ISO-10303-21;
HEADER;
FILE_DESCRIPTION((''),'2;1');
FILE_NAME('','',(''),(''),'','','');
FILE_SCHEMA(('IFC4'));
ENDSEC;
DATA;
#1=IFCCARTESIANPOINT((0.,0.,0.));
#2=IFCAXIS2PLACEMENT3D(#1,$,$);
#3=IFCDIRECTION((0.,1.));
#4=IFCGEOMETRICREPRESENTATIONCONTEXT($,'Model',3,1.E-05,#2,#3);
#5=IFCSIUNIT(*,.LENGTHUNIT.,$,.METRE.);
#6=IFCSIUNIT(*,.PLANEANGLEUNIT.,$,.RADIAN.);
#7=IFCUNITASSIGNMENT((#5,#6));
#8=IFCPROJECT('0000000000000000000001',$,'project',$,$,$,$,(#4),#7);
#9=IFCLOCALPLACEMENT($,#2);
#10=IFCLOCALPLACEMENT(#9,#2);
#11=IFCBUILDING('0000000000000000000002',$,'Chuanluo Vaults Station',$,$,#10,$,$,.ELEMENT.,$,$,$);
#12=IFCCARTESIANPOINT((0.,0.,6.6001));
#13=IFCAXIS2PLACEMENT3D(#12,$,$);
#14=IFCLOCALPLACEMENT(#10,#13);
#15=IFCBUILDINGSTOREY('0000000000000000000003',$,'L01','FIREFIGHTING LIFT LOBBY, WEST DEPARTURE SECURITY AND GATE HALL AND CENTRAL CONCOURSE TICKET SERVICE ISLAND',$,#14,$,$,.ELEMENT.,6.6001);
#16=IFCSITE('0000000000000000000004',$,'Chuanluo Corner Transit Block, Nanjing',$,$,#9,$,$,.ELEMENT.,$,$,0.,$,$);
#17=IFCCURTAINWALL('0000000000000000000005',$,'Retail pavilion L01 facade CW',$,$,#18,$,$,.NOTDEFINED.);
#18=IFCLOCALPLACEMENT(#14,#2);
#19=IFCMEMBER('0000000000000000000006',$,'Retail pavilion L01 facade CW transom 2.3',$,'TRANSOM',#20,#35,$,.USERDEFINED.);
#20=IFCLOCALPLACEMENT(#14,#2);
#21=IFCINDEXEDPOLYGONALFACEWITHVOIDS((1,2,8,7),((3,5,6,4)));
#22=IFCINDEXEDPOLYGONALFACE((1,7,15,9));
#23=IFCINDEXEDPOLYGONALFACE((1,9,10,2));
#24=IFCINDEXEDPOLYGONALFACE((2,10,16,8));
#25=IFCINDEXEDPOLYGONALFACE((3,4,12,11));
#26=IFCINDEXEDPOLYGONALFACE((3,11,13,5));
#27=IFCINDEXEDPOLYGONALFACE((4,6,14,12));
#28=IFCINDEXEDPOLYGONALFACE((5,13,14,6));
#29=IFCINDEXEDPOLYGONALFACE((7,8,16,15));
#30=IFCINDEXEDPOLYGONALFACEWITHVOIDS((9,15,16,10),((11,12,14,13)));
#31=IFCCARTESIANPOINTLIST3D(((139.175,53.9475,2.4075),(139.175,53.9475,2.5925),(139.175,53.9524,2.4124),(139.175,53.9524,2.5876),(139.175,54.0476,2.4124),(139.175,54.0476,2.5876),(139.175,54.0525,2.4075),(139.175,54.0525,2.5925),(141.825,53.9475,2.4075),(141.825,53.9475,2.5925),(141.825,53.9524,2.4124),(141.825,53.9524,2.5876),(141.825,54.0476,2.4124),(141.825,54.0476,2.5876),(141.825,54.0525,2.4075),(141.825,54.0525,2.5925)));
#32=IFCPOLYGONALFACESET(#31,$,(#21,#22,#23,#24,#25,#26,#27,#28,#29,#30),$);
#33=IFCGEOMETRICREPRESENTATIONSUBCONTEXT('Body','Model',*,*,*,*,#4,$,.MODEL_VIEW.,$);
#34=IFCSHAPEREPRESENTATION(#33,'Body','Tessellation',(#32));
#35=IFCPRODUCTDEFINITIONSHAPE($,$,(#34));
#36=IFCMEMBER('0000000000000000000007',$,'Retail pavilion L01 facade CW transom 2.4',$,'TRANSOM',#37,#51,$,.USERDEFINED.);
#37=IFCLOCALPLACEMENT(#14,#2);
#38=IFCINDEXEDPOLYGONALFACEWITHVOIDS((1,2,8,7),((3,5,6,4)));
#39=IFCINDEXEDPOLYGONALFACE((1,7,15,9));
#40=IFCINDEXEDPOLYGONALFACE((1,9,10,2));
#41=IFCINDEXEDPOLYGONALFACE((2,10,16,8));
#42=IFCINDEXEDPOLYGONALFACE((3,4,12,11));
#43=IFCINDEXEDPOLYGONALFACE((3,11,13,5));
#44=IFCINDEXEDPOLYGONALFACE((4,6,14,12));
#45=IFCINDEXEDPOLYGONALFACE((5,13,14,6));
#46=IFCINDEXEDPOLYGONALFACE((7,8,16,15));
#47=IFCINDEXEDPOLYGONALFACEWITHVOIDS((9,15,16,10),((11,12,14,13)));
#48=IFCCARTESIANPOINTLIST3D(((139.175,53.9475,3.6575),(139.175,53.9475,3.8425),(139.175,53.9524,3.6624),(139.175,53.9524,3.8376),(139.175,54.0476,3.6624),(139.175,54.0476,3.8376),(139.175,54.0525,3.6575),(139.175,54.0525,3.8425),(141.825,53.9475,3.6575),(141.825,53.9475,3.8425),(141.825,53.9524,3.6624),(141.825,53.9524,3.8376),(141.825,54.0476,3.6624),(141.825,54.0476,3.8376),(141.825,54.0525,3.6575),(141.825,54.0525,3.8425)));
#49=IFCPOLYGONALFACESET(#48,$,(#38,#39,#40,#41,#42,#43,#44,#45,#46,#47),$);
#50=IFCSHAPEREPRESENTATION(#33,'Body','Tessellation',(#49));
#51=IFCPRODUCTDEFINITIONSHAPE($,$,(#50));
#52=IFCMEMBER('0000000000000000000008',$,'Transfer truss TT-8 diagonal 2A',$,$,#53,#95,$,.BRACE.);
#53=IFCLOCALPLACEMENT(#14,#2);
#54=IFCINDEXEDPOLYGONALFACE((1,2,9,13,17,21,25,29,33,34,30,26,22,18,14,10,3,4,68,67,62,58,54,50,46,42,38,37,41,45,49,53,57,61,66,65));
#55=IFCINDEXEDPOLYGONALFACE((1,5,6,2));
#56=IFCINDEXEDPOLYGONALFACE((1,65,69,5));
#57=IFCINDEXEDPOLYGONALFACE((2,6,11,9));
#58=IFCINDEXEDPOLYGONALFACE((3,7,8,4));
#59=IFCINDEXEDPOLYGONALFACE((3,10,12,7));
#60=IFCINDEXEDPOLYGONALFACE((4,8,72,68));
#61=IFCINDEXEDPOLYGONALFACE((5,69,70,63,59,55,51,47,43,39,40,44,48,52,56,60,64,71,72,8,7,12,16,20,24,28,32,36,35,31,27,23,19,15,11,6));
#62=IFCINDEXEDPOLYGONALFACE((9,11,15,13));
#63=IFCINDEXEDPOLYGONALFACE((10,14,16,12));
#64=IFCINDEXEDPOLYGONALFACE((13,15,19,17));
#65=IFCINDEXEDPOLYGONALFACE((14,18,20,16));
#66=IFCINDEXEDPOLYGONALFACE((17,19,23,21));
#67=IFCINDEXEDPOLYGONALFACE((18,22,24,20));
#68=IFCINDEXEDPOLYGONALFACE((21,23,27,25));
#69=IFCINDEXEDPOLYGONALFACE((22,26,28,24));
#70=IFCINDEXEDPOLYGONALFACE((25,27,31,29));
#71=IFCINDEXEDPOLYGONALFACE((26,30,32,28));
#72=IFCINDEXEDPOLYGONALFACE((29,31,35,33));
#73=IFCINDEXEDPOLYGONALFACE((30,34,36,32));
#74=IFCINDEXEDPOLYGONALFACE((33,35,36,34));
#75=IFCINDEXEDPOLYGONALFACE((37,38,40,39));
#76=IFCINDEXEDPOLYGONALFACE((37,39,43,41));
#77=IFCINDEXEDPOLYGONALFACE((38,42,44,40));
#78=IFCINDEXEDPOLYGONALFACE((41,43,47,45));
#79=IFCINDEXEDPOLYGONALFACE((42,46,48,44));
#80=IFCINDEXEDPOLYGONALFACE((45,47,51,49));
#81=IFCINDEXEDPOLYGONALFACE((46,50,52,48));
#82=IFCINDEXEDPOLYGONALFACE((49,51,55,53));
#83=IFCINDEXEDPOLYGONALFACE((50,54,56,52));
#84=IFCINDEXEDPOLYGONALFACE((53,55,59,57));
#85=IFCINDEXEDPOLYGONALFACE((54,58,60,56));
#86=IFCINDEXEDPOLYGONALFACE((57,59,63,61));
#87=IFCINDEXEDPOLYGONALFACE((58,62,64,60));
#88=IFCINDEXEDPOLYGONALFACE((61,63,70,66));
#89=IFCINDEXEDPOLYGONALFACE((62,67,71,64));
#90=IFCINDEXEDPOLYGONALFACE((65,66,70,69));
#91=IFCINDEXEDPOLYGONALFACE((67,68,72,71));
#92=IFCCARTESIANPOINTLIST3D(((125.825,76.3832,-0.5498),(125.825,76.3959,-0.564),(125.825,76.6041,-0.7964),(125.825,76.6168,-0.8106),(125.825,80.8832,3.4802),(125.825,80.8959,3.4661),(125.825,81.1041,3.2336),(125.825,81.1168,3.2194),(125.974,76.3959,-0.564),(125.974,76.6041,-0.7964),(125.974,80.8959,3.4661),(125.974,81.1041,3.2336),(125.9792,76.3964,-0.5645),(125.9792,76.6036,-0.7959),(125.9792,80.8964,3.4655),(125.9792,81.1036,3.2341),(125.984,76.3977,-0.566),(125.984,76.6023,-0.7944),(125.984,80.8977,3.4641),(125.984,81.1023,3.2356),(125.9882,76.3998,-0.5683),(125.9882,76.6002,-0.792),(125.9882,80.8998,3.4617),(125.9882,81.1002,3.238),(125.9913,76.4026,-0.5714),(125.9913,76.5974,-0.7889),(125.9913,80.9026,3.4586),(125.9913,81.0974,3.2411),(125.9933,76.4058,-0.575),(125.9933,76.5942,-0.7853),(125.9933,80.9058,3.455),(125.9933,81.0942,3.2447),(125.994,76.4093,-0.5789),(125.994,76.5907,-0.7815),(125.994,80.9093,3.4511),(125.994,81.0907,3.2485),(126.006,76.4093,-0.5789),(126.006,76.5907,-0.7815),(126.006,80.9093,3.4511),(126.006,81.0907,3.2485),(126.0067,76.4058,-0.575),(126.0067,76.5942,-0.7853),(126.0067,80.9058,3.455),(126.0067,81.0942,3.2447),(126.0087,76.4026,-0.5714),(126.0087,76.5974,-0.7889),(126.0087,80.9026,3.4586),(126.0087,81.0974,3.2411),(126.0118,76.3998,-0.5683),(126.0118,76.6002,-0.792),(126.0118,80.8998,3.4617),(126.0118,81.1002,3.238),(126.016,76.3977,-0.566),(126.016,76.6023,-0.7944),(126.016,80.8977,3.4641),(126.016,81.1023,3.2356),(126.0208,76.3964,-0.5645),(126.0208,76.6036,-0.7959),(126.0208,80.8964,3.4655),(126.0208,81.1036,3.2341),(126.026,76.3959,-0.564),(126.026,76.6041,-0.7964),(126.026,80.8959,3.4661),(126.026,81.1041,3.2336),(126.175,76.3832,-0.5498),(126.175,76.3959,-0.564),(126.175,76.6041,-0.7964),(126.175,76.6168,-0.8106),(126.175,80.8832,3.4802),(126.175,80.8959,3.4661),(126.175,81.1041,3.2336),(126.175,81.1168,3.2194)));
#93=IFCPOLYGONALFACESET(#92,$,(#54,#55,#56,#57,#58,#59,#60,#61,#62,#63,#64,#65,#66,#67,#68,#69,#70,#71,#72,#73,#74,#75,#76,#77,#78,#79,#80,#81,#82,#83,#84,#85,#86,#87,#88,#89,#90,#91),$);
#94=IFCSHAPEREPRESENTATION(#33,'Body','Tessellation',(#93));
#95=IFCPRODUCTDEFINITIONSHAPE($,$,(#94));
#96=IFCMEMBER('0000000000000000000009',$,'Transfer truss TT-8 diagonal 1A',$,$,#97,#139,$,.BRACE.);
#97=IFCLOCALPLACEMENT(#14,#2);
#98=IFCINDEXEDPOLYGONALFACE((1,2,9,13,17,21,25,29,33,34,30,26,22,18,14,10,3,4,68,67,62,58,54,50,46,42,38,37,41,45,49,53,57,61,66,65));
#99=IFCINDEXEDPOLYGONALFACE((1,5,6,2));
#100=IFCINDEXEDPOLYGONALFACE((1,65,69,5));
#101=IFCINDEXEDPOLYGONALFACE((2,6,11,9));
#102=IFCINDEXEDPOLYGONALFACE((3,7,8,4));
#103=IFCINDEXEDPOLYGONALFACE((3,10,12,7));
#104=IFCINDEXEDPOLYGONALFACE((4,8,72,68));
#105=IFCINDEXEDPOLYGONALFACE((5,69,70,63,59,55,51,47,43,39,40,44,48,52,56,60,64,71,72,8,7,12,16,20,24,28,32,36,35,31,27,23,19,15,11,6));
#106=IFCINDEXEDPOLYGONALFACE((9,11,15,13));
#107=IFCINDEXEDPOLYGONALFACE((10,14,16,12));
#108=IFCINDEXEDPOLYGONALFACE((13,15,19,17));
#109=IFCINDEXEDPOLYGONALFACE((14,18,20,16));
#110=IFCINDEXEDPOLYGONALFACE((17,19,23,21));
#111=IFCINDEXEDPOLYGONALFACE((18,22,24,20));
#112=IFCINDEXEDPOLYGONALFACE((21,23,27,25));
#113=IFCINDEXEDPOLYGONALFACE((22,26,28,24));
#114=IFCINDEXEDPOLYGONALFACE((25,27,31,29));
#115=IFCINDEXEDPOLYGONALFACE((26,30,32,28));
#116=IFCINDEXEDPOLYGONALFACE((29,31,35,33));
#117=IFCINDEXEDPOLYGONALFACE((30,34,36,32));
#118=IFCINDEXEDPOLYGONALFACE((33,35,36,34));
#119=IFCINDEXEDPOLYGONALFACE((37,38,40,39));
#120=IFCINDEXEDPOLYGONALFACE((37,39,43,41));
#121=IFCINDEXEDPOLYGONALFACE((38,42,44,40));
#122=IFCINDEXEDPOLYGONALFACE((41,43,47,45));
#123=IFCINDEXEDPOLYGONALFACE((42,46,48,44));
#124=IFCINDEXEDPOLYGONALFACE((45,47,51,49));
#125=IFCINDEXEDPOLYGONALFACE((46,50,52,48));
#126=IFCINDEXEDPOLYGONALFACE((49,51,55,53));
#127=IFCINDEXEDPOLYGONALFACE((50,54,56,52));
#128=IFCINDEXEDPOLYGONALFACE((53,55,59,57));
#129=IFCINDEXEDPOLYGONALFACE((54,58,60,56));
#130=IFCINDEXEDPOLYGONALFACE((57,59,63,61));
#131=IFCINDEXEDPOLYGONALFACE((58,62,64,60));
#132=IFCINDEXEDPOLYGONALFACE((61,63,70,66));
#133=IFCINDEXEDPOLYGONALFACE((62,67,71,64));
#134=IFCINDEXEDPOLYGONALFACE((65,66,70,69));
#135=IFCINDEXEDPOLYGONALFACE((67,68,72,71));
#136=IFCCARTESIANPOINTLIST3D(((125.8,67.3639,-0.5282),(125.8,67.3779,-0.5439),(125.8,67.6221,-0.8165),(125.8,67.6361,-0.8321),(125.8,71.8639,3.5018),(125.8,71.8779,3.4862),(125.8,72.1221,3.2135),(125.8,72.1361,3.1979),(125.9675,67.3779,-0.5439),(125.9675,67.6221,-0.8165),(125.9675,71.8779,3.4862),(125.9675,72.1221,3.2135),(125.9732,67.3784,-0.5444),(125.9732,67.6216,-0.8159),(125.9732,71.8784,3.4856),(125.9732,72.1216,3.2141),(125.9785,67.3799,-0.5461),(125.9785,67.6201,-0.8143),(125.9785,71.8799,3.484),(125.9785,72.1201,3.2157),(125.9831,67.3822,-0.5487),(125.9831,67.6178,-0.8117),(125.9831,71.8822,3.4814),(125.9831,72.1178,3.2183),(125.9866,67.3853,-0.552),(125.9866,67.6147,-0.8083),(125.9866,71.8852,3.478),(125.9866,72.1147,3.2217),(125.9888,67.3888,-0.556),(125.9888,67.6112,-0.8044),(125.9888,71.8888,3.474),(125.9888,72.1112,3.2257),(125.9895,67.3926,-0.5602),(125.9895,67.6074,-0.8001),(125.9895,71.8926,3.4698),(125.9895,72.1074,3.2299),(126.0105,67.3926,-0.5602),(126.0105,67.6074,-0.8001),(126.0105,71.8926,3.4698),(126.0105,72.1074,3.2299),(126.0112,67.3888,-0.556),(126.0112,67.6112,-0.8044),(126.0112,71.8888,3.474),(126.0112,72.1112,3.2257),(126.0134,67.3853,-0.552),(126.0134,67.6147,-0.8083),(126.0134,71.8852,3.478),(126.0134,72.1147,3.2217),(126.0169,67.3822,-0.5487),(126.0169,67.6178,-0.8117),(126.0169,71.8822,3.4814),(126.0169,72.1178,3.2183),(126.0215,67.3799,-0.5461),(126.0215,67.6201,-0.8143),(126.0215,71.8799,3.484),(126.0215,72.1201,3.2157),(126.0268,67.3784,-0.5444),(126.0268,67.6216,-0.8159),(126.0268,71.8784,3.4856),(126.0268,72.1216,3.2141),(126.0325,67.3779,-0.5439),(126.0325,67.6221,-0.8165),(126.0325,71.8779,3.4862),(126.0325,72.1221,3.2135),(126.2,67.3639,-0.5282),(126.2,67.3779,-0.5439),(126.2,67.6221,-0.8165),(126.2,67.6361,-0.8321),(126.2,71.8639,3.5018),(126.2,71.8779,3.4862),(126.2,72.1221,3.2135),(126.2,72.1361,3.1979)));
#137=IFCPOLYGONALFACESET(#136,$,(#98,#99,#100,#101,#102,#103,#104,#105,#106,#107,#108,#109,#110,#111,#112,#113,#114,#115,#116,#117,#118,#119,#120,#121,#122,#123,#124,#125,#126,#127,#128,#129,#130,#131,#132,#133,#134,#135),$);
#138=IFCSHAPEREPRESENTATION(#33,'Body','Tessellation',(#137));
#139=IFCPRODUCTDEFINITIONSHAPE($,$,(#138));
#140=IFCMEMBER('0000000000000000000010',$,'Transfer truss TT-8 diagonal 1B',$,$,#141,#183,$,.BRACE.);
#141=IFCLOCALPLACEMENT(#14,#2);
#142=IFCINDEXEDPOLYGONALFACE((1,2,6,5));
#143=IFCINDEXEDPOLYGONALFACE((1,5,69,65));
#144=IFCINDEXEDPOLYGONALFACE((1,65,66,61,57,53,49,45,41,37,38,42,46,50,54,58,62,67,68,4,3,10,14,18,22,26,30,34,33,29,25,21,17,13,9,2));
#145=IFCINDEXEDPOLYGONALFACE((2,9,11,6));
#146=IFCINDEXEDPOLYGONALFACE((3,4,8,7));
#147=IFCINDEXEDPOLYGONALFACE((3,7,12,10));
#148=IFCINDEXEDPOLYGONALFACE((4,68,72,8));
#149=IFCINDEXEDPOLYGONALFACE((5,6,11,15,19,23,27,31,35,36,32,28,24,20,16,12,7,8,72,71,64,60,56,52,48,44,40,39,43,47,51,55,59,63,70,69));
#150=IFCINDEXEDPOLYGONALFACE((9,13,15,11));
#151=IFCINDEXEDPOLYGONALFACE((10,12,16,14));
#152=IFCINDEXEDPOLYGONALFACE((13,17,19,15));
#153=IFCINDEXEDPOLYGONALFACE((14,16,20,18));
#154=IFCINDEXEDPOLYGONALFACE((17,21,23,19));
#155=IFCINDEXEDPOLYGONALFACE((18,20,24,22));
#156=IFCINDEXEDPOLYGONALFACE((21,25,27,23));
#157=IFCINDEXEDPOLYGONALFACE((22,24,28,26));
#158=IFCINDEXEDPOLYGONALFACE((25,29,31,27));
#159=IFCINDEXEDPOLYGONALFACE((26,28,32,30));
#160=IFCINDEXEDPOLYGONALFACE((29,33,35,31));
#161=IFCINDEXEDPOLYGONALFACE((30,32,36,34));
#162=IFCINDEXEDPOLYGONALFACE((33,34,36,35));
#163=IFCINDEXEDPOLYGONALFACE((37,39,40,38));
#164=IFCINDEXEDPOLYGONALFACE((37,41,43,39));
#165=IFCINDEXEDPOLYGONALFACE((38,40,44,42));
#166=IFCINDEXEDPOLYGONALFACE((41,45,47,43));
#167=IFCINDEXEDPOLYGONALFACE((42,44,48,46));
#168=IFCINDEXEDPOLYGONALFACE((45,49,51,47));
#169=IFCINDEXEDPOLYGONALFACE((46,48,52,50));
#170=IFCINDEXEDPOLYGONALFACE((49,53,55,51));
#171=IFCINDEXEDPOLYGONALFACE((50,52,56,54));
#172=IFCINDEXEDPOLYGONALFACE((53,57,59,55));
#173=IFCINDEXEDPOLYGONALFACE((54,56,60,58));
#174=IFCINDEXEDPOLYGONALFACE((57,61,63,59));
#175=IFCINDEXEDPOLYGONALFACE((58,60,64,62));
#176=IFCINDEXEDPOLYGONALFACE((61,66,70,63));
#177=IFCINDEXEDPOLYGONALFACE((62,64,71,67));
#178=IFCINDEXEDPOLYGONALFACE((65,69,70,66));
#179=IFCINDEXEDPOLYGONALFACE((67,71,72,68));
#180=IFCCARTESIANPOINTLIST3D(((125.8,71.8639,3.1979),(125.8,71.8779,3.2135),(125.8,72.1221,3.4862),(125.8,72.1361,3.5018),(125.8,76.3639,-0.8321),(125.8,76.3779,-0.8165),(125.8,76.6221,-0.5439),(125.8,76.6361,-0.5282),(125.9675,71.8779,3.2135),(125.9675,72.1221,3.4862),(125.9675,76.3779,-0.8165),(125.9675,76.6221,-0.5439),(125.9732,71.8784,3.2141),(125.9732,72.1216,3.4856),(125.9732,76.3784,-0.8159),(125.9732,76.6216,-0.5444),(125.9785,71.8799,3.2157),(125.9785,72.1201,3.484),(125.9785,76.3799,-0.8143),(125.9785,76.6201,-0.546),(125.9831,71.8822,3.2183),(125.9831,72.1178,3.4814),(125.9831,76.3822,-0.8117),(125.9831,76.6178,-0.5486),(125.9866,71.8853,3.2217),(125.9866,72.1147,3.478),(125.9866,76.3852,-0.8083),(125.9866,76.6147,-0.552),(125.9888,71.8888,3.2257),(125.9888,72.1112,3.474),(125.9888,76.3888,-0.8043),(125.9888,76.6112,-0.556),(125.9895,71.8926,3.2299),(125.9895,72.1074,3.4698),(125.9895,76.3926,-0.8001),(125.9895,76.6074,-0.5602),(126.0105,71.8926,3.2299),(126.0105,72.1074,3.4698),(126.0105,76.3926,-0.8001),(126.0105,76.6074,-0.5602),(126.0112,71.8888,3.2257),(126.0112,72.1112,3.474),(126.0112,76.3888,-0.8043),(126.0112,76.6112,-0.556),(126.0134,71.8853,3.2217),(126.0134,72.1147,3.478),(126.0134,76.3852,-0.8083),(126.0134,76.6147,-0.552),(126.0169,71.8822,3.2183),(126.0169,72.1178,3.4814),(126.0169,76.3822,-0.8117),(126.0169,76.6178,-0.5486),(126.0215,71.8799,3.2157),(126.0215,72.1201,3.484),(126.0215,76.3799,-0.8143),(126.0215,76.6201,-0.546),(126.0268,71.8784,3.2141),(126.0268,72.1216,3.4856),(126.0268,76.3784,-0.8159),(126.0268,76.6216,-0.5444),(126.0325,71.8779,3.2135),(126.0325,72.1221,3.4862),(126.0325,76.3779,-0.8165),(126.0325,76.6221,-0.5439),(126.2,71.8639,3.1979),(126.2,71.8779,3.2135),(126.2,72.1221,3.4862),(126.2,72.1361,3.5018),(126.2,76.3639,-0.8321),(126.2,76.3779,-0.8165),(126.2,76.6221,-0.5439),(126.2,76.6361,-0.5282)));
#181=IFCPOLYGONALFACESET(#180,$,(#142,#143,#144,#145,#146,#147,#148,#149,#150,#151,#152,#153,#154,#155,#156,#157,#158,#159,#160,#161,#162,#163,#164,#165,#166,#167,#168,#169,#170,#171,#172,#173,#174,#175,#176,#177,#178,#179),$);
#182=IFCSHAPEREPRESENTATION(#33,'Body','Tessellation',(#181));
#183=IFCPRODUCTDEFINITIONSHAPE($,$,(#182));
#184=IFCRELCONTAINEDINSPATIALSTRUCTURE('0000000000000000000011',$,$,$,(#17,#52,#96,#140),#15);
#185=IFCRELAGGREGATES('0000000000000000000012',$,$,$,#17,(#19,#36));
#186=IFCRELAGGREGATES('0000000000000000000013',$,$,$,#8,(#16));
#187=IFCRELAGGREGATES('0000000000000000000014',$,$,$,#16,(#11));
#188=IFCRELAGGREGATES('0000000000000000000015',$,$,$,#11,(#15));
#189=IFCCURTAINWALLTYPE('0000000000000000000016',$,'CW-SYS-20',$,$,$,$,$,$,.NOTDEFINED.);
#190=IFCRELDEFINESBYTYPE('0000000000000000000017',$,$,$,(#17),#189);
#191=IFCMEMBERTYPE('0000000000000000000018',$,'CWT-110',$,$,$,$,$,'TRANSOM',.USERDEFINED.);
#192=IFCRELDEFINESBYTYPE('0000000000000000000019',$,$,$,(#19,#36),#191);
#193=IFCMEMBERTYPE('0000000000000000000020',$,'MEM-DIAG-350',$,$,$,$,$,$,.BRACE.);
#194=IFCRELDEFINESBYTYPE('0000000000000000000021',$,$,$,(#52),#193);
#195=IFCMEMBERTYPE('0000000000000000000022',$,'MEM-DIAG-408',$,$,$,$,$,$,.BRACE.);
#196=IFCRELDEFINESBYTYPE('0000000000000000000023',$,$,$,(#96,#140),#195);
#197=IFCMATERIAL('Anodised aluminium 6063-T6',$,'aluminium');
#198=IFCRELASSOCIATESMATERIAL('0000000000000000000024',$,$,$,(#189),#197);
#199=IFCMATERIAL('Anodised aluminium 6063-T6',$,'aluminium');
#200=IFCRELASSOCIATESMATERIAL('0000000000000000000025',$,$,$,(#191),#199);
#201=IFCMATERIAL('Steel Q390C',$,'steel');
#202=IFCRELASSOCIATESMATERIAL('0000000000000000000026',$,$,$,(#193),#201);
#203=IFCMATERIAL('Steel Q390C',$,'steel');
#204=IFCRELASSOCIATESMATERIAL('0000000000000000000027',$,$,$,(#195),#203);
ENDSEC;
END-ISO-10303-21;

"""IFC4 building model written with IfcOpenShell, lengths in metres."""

from ifc_helpers import new_model, si_unit, direction, frame, origin, origin_2d, place, context, subcontext, project, spatial, hollow_rectangle, i_section, extrude, material, material_profile, profile_set, type_object, element, aggregate, save


model = new_model("IFC4")

# Units and contexts
model_context = context("Model", 3, precision=1e-05, world=origin(), true_north=direction((0.0, 1.0)))
body_context = subcontext(model_context, "Body", "Model", "MODEL_VIEW")
ifc_project = project(units=[si_unit("LENGTHUNIT", "METRE"), si_unit("PLANEANGLEUNIT", "RADIAN")], contexts=[model_context])

# Site, building, storey
site_placement = place(None, origin())
site = spatial("IfcSite", under=ifc_project, at=site_placement, Name="Chuanluo Corner Transit Block, Nanjing", CompositionType="ELEMENT", RefElevation=0.0)
building_placement = place(site_placement, origin())
building = spatial("IfcBuilding", under=site, at=building_placement, Name="Chuanluo Vaults Station", CompositionType="ELEMENT")
storey_placement = place(building_placement, frame((0.0, 0.0, 6.6001)))
storey = spatial("IfcBuildingStorey", under=building, at=storey_placement, Name="L01", Description="FIREFIGHTING LIFT LOBBY, WEST DEPARTURE SECURITY AND GATE HALL AND CENTRAL CONCOURSE TICKET SERVICE ISLAND", CompositionType="ELEMENT", Elevation=6.6001)

# Curtain wall, members
ifc_material_1 = material(Name="Anodised aluminium 6063-T6", Category="aluminium")
curtain_wall_type = type_object("IfcCurtainWallType", Name="CW-SYS-20", PredefinedType="NOTDEFINED", material=ifc_material_1)
curtain_wall_placement = place(storey_placement, origin())
curtain_wall = element("IfcCurtainWall", 1, at=curtain_wall_placement, inside=storey, type_object=curtain_wall_type, Name="Retail pavilion L01 facade CW", PredefinedType="NOTDEFINED")
ifc_material_2 = material(Name="Anodised aluminium 6063-T6", Category="aluminium")
ifc_material_profile_1 = material_profile(ifc_material_2, hollow_rectangle(XDim=0.105, YDim=0.1851, WallThickness=0.0049, at=origin_2d()))
ifc_profile_set_1 = profile_set([ifc_material_profile_1], Name="Anodised aluminium 6063-T6")
member_type_1 = type_object("IfcMemberType", Name="CWT-110", ElementType="TRANSOM", PredefinedType="USERDEFINED", material=ifc_profile_set_1)
member_1_placement = place(storey_placement, frame((139.175, 54.0, 2.5), z_axis=(1.0, 0.0, 0.0), x_axis=(0.0, 1.0, 0.0)))
member_1 = element("IfcMember", 2, at=member_1_placement, type_object=member_type_1, Name="Retail pavilion L01 facade CW transom 2.3", ObjectType="TRANSOM", PredefinedType="USERDEFINED", context=body_context, shape_type="SweptSolid", body=[
    extrude(hollow_rectangle(XDim=0.105, YDim=0.1851, WallThickness=0.0049, at=origin_2d()), origin(), (0.0, 0.0, 1.0), 2.6499),
])
member_2_placement = place(storey_placement, frame((139.175, 54.0, 3.75), z_axis=(1.0, 0.0, 0.0), x_axis=(0.0, 1.0, 0.0)))
member_2 = element("IfcMember", 3, at=member_2_placement, type_object=member_type_1, Name="Retail pavilion L01 facade CW transom 2.4", ObjectType="TRANSOM", PredefinedType="USERDEFINED", context=body_context, shape_type="SweptSolid", body=[
    extrude(hollow_rectangle(XDim=0.105, YDim=0.1851, WallThickness=0.0049, at=origin_2d()), origin(), (0.0, 0.0, 1.0), 2.6499),
])

# Members
ifc_material_3 = material(Name="Steel Q390C", Category="steel")
ifc_material_profile_2 = material_profile(ifc_material_3, i_section(OverallWidth=0.3501, OverallDepth=0.3501, WebThickness=0.012, FlangeThickness=0.019, FilletRadius=0.02, at=origin_2d()))
ifc_profile_set_2 = profile_set([ifc_material_profile_2], Name="Steel Q390C")
member_type_2 = type_object("IfcMemberType", Name="MEM-DIAG-350", PredefinedType="BRACE", material=ifc_profile_set_2)
member_3_placement = place(storey_placement, frame((126.0, 76.5, -0.6802), z_axis=(0.0, 0.744936, 0.667136), x_axis=(-1.0, 0.0, 0.0)))
element("IfcMember", 4, at=member_3_placement, inside=storey, type_object=member_type_2, Name="Transfer truss TT-8 diagonal 2A", PredefinedType="BRACE", context=body_context, shape_type="SweptSolid", body=[
    extrude(i_section(OverallWidth=0.3501, OverallDepth=0.3501, WebThickness=0.012, FlangeThickness=0.019, FilletRadius=0.02, at=origin_2d()), origin(), (0.0, 0.0, 1.0), 6.0408),
])
ifc_material_4 = material(Name="Steel Q390C", Category="steel")
ifc_material_profile_3 = material_profile(ifc_material_4, i_section(OverallWidth=0.3999, OverallDepth=0.408, WebThickness=0.021, FlangeThickness=0.021, FilletRadius=0.022, at=origin_2d()))
ifc_profile_set_3 = profile_set([ifc_material_profile_3], Name="Steel Q390C")
member_type_3 = type_object("IfcMemberType", Name="MEM-DIAG-408", PredefinedType="BRACE", material=ifc_profile_set_3)
for number, where, z_axis, x_axis, name in (
    (5, (126.0, 67.5, -0.6802), (0.0, 0.744936, 0.667136), (-1.0, 0.0, 0.0), "Transfer truss TT-8 diagonal 1A"),
    (6, (126.0, 72.0, 3.3499), (0.0, 0.744936, -0.667136), (-1.0, 0.0, 0.0), "Transfer truss TT-8 diagonal 1B"),
):
    element("IfcMember", number, at=place(storey_placement, frame(where, z_axis=z_axis, x_axis=x_axis)), inside=storey, type_object=member_type_3, Name=name, PredefinedType="BRACE", context=body_context, shape_type="SweptSolid", body=[
        extrude(i_section(OverallWidth=0.3999, OverallDepth=0.408, WebThickness=0.021, FlangeThickness=0.021, FilletRadius=0.022, at=origin_2d()), origin(), (0.0, 0.0, 1.0), 6.0408),
    ])

aggregate(curtain_wall, [member_1, member_2])

save(model, "model.ifc")
